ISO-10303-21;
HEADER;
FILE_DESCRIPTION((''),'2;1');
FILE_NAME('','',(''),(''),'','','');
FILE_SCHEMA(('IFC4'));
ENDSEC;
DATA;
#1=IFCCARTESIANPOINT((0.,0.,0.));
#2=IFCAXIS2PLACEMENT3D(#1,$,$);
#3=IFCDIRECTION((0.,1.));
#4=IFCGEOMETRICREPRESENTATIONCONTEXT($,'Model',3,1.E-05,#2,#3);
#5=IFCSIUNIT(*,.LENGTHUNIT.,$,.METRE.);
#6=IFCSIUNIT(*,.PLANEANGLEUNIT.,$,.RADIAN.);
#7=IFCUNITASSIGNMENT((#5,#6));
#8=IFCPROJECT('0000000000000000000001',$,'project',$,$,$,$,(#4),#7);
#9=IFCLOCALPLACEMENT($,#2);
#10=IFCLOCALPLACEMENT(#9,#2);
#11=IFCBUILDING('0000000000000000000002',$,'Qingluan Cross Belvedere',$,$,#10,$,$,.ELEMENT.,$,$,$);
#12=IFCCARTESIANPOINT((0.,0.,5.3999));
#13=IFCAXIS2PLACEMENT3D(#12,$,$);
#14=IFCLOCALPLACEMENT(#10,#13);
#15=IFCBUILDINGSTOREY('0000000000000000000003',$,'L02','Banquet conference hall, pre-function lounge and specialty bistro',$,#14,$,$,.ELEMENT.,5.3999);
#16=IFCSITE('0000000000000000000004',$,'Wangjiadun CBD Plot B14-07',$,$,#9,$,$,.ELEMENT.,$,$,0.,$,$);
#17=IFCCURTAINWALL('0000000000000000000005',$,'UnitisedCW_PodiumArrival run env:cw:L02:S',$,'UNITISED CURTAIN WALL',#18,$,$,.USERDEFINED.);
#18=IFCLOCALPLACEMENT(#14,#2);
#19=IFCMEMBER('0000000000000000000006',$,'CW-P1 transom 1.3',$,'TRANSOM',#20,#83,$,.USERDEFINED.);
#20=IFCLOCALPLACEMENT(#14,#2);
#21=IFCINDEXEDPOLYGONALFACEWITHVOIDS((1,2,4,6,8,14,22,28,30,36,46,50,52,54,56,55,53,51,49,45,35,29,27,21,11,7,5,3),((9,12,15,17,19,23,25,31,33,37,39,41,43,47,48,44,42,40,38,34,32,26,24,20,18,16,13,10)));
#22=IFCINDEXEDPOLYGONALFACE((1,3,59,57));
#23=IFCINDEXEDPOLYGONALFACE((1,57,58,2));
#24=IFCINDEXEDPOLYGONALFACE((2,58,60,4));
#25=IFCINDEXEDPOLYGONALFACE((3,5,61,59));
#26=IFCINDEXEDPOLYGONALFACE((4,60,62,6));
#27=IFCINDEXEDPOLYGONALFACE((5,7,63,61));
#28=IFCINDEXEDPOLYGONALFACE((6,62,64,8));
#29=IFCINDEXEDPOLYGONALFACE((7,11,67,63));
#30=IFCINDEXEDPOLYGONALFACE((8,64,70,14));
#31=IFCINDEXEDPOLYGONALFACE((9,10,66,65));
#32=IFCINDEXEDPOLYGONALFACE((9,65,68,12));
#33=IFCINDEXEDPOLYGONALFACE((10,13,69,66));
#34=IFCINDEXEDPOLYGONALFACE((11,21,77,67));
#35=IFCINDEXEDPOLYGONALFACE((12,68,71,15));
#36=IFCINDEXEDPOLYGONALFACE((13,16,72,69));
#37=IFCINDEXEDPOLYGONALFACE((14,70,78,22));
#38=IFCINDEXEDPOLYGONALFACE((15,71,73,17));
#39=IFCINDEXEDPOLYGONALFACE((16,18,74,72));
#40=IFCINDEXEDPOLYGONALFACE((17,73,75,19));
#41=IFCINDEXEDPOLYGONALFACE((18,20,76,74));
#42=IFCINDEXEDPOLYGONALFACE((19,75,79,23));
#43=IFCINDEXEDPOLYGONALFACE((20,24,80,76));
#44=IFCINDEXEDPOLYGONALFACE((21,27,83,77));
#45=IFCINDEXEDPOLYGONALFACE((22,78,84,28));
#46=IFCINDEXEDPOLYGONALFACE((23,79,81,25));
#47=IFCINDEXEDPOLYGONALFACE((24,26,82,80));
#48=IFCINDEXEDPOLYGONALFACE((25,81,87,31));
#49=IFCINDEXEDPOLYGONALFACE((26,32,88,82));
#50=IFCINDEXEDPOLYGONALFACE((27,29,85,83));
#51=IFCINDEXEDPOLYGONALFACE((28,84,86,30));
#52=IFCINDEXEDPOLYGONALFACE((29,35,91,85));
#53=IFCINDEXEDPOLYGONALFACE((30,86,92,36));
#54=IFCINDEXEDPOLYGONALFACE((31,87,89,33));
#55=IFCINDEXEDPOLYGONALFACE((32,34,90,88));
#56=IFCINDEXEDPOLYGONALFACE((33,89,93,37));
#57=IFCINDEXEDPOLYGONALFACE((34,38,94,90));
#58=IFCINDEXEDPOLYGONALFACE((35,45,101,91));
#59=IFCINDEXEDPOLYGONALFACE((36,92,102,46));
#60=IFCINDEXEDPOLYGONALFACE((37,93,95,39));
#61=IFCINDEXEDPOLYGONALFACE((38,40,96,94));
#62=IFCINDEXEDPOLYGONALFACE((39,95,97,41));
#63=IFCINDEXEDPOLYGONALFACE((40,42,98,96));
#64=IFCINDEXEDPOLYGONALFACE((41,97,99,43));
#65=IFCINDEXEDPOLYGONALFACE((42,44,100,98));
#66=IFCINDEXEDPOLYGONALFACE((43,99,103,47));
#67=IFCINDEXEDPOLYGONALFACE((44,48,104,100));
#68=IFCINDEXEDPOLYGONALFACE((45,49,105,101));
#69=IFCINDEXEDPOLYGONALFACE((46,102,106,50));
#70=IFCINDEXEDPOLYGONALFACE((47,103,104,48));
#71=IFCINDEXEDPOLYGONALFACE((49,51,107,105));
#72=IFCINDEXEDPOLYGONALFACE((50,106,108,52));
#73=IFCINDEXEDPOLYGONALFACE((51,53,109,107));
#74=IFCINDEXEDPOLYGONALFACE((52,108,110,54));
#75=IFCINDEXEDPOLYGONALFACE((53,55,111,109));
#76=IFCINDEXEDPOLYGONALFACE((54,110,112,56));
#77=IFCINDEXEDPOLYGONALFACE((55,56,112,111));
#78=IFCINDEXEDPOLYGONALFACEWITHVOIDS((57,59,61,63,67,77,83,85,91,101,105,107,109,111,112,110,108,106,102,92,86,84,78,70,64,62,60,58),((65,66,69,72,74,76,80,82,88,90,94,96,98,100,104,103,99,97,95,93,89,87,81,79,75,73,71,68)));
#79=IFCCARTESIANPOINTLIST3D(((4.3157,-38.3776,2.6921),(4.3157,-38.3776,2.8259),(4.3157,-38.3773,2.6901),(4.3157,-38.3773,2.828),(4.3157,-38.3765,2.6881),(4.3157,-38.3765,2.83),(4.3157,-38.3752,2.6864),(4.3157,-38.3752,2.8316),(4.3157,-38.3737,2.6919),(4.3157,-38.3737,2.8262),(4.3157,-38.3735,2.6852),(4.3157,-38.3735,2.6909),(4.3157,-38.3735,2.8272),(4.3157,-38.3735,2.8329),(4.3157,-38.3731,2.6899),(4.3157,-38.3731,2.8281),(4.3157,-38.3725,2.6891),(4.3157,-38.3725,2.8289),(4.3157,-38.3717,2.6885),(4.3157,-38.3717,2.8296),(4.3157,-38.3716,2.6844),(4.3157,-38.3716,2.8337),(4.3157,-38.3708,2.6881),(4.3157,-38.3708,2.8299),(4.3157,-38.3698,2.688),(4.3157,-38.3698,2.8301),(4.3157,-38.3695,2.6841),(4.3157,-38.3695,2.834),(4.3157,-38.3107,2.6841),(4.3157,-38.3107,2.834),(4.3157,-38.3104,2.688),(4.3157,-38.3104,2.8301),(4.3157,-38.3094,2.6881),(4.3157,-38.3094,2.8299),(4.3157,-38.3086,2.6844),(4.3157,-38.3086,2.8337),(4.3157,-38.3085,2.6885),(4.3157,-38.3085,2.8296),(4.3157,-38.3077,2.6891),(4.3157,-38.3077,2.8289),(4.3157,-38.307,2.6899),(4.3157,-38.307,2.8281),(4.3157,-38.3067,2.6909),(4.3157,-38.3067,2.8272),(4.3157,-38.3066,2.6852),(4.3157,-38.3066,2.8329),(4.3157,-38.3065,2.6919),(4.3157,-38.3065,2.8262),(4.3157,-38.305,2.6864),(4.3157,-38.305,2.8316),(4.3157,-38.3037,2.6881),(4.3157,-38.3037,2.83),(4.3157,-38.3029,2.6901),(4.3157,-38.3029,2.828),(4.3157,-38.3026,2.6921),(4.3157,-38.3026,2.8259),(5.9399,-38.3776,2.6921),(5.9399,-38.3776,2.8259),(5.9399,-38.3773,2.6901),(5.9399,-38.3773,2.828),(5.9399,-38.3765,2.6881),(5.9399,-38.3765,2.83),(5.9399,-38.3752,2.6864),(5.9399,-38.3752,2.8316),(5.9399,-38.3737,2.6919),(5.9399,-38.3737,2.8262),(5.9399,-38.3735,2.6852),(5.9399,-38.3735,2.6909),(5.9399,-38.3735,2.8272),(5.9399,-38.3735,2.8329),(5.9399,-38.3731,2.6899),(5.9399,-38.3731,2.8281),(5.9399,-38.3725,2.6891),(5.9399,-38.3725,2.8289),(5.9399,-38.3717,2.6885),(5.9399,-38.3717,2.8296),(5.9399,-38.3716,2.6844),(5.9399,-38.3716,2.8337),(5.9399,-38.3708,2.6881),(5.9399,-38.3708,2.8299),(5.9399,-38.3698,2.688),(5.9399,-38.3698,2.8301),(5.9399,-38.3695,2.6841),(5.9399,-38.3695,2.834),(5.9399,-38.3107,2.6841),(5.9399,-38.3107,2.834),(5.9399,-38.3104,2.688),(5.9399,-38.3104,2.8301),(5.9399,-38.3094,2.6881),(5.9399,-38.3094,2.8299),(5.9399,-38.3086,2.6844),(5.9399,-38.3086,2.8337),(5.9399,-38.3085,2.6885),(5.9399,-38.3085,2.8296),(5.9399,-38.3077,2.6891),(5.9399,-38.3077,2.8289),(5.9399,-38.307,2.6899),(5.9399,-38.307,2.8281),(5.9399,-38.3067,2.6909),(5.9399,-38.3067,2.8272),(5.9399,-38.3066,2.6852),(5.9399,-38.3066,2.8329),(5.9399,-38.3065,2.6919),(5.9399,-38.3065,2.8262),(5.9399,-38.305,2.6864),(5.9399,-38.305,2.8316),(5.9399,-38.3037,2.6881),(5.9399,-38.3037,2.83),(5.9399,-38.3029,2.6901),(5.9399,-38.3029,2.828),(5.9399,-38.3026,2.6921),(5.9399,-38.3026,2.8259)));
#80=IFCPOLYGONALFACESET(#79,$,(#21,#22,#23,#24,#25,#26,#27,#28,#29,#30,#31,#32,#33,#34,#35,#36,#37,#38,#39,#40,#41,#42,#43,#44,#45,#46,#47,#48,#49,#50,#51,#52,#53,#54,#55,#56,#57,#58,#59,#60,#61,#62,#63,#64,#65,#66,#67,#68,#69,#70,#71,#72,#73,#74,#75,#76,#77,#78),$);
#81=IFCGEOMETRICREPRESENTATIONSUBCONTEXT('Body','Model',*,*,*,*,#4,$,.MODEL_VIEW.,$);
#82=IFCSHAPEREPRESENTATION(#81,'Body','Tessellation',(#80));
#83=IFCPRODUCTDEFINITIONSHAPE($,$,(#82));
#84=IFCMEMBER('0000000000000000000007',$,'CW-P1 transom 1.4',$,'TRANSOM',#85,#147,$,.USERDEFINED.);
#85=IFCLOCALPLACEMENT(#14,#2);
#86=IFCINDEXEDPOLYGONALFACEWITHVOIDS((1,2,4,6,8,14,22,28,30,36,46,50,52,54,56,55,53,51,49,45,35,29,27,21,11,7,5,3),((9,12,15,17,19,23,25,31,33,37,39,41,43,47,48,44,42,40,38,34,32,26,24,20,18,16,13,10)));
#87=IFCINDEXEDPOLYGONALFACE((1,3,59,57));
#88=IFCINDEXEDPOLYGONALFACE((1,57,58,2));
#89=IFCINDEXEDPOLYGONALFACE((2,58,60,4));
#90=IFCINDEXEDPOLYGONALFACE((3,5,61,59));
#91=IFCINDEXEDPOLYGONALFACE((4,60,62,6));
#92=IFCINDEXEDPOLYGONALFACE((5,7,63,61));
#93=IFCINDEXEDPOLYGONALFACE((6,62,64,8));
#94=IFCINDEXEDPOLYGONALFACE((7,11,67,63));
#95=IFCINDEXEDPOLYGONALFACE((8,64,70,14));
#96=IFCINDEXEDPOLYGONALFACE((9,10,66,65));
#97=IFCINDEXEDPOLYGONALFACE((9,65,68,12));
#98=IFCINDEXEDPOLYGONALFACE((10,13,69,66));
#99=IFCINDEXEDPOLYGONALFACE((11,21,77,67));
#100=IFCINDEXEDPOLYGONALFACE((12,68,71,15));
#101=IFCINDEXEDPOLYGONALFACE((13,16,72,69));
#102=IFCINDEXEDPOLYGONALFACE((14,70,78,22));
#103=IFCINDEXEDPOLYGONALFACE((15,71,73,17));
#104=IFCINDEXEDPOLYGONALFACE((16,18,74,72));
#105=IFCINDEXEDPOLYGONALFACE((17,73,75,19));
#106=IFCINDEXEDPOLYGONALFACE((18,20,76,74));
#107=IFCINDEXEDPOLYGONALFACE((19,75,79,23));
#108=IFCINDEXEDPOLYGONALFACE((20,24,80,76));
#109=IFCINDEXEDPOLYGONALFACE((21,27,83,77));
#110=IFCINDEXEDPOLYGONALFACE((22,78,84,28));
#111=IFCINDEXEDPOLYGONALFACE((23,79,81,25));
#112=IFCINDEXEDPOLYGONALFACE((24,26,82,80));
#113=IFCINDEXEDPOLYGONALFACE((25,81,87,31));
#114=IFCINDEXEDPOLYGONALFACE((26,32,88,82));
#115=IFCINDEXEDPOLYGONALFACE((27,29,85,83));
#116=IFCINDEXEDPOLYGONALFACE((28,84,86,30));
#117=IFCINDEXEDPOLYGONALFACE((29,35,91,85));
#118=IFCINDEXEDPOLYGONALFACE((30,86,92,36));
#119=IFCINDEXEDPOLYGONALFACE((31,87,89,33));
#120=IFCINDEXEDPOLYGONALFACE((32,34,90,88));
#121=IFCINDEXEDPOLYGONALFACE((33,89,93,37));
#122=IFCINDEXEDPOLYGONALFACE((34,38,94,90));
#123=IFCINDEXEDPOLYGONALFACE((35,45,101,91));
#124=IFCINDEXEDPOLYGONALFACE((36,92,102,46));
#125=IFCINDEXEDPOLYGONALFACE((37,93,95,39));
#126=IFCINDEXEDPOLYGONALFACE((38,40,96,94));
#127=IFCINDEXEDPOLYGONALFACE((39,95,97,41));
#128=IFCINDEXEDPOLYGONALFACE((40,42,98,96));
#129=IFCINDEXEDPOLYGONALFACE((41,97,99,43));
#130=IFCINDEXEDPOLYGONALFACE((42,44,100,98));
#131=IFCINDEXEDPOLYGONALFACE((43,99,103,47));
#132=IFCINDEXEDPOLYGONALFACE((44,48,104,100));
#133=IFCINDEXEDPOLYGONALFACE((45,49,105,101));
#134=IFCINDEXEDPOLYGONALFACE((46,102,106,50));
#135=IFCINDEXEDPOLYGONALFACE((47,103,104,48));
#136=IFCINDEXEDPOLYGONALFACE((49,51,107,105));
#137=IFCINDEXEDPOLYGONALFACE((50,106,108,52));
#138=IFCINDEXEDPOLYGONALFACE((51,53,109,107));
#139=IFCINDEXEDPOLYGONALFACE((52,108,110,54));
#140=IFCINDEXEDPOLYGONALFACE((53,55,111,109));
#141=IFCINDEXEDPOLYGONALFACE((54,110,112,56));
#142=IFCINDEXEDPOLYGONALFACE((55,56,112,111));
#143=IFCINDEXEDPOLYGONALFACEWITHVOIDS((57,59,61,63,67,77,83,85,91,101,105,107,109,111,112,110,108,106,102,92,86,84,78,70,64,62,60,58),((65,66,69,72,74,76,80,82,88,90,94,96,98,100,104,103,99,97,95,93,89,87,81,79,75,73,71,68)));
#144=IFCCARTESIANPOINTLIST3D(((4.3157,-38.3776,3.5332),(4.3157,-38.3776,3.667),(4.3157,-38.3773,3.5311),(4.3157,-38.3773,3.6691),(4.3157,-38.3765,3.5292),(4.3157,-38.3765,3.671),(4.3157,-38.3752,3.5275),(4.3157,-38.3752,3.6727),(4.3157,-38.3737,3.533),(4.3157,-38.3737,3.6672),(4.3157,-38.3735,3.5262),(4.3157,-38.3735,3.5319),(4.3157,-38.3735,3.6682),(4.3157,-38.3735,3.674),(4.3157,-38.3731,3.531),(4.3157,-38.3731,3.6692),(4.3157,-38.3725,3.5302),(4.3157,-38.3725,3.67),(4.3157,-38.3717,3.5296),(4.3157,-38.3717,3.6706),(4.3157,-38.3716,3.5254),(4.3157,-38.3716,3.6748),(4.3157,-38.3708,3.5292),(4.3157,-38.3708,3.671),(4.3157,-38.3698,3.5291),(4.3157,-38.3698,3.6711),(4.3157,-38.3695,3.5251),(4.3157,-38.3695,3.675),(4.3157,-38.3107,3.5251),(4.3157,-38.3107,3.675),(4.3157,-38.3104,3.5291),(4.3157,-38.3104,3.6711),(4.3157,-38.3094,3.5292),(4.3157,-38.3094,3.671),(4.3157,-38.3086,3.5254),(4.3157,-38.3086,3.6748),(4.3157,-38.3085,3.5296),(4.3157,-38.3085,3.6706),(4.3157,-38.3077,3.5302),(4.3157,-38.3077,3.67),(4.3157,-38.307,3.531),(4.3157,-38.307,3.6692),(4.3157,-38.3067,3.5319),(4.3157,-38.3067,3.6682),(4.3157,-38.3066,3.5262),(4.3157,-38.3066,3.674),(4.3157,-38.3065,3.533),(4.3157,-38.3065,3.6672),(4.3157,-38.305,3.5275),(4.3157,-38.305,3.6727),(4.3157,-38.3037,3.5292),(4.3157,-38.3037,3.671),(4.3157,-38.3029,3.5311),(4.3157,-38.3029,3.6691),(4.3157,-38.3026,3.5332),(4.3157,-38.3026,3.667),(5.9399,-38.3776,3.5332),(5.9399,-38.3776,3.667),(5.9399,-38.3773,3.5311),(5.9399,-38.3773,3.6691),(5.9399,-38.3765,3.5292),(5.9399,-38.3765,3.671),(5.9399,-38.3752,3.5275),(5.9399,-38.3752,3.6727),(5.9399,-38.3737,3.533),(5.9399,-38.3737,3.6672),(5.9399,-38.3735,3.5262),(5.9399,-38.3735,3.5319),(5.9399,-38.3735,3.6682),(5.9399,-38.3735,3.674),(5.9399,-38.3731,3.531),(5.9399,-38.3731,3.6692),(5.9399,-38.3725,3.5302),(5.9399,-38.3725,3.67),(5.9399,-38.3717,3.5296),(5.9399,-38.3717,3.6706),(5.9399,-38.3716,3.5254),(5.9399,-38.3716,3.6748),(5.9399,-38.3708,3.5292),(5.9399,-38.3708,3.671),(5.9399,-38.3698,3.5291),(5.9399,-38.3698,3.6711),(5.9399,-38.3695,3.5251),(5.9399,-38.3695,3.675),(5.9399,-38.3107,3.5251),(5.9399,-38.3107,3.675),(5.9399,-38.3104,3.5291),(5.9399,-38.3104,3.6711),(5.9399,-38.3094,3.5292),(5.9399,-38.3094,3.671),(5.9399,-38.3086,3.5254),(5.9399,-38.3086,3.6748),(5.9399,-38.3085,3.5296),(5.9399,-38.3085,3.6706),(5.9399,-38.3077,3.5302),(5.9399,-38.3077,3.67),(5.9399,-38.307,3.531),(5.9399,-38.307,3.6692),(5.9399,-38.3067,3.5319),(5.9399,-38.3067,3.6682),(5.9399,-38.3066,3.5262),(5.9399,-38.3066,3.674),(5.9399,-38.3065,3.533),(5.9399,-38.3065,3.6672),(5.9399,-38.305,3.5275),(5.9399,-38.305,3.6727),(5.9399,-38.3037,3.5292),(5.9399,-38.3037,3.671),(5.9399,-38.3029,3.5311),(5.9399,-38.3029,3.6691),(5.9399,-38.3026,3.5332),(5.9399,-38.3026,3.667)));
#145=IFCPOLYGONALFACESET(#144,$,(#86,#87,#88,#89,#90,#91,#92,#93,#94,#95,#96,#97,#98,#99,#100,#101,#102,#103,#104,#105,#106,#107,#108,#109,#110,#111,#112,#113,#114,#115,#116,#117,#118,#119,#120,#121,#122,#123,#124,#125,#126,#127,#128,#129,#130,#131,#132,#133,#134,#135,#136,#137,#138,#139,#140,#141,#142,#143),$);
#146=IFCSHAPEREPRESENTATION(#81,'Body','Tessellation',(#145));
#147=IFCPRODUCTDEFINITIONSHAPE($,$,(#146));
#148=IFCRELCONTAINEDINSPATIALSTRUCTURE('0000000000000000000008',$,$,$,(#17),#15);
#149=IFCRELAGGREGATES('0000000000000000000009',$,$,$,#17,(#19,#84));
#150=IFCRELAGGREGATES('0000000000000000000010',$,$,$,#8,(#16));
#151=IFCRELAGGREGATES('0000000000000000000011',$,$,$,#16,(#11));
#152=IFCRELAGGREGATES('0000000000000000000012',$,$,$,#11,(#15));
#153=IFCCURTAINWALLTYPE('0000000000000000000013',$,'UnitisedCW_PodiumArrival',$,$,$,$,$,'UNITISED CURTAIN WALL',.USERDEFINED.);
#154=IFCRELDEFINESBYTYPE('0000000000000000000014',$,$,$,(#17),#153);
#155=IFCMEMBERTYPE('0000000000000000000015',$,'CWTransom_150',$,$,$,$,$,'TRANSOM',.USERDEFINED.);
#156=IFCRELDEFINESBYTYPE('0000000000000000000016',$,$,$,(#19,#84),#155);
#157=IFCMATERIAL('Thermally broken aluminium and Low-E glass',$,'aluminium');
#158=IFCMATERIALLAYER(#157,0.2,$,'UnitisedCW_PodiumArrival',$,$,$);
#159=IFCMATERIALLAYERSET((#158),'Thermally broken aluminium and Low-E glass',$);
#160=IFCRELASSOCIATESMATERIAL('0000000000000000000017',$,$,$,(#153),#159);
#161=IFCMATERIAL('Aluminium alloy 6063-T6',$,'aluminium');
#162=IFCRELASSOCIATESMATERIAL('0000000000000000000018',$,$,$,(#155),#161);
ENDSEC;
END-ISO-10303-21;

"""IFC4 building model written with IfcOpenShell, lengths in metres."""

from ifc_helpers import new_model, si_unit, direction, frame, origin, origin_2d, place, context, subcontext, project, spatial, hollow_rectangle, extrude, material, layer, layer_set, material_profile, profile_set, type_object, element, aggregate, save


model = new_model("IFC4")

# Units and contexts
model_context = context("Model", 3, precision=1e-05, world=origin(), true_north=direction((0.0, 1.0)))
body_context = subcontext(model_context, "Body", "Model", "MODEL_VIEW")
ifc_project = project(units=[si_unit("LENGTHUNIT", "METRE"), si_unit("PLANEANGLEUNIT", "RADIAN")], contexts=[model_context])

# Site, building, storey
site_placement = place(None, origin())
site = spatial("IfcSite", under=ifc_project, at=site_placement, Name="Wangjiadun CBD Plot B14-07", CompositionType="ELEMENT", RefElevation=0.0)
building_placement = place(site_placement, origin())
building = spatial("IfcBuilding", under=site, at=building_placement, Name="Qingluan Cross Belvedere", CompositionType="ELEMENT")
storey_placement = place(building_placement, frame((0.0, 0.0, 5.3999)))
storey = spatial("IfcBuildingStorey", under=building, at=storey_placement, Name="L02", Description="Banquet conference hall, pre-function lounge and specialty bistro", CompositionType="ELEMENT", Elevation=5.3999)

# Curtain wall, members
ifc_material_1 = material(Name="Thermally broken aluminium and Low-E glass", Category="aluminium")
ifc_layer_1 = layer(ifc_material_1, 0.2, Name="UnitisedCW_PodiumArrival")
ifc_layer_set_1 = layer_set([ifc_layer_1], Name="Thermally broken aluminium and Low-E glass")
curtain_wall_type = type_object("IfcCurtainWallType", Name="UnitisedCW_PodiumArrival", ElementType="UNITISED CURTAIN WALL", PredefinedType="USERDEFINED", material=ifc_layer_set_1)
curtain_wall_placement = place(storey_placement, origin())
curtain_wall = element("IfcCurtainWall", 1, at=curtain_wall_placement, inside=storey, type_object=curtain_wall_type, Name="UnitisedCW_PodiumArrival run env:cw:L02:S", ObjectType="UNITISED CURTAIN WALL", PredefinedType="USERDEFINED")
ifc_material_2 = material(Name="Aluminium alloy 6063-T6", Category="aluminium")
ifc_material_profile_1 = material_profile(ifc_material_2, hollow_rectangle(XDim=0.075, YDim=0.1499, WallThickness=0.0039, InnerFilletRadius=0.0039, OuterFilletRadius=0.0081, at=origin_2d()), Name="CWT150x75x4")
ifc_profile_set_1 = profile_set([ifc_material_profile_1], Name="Aluminium alloy 6063-T6")
member_type_1 = type_object("IfcMemberType", Name="CWTransom_150", ElementType="TRANSOM", PredefinedType="USERDEFINED", material=ifc_profile_set_1)
member_1_placement = place(storey_placement, frame((5.9399, -38.3401, 2.759), z_axis=(-1.0, 0.0, 0.0), x_axis=(0.0, -1.0, 0.0)))
member_1 = element("IfcMember", 2, at=member_1_placement, type_object=member_type_1, Name="CW-P1 transom 1.3", ObjectType="TRANSOM", PredefinedType="USERDEFINED", context=body_context, shape_type="SweptSolid", body=[
    extrude(hollow_rectangle(XDim=0.075, YDim=0.1499, WallThickness=0.0039, InnerFilletRadius=0.0039, OuterFilletRadius=0.0081, at=origin_2d()), origin(), (0.0, 0.0, 1.0), 1.6243),
])
member_2_placement = place(storey_placement, frame((5.9399, -38.3401, 3.6001), z_axis=(-1.0, 0.0, 0.0), x_axis=(0.0, -1.0, 0.0)))
member_2 = element("IfcMember", 3, at=member_2_placement, type_object=member_type_1, Name="CW-P1 transom 1.4", ObjectType="TRANSOM", PredefinedType="USERDEFINED", context=body_context, shape_type="SweptSolid", body=[
    extrude(hollow_rectangle(XDim=0.075, YDim=0.1499, WallThickness=0.0039, InnerFilletRadius=0.0039, OuterFilletRadius=0.0081, at=origin_2d()), origin(), (0.0, 0.0, 1.0), 1.6243),
])
aggregate(curtain_wall, [member_1, member_2])

save(model, "model.ifc")
